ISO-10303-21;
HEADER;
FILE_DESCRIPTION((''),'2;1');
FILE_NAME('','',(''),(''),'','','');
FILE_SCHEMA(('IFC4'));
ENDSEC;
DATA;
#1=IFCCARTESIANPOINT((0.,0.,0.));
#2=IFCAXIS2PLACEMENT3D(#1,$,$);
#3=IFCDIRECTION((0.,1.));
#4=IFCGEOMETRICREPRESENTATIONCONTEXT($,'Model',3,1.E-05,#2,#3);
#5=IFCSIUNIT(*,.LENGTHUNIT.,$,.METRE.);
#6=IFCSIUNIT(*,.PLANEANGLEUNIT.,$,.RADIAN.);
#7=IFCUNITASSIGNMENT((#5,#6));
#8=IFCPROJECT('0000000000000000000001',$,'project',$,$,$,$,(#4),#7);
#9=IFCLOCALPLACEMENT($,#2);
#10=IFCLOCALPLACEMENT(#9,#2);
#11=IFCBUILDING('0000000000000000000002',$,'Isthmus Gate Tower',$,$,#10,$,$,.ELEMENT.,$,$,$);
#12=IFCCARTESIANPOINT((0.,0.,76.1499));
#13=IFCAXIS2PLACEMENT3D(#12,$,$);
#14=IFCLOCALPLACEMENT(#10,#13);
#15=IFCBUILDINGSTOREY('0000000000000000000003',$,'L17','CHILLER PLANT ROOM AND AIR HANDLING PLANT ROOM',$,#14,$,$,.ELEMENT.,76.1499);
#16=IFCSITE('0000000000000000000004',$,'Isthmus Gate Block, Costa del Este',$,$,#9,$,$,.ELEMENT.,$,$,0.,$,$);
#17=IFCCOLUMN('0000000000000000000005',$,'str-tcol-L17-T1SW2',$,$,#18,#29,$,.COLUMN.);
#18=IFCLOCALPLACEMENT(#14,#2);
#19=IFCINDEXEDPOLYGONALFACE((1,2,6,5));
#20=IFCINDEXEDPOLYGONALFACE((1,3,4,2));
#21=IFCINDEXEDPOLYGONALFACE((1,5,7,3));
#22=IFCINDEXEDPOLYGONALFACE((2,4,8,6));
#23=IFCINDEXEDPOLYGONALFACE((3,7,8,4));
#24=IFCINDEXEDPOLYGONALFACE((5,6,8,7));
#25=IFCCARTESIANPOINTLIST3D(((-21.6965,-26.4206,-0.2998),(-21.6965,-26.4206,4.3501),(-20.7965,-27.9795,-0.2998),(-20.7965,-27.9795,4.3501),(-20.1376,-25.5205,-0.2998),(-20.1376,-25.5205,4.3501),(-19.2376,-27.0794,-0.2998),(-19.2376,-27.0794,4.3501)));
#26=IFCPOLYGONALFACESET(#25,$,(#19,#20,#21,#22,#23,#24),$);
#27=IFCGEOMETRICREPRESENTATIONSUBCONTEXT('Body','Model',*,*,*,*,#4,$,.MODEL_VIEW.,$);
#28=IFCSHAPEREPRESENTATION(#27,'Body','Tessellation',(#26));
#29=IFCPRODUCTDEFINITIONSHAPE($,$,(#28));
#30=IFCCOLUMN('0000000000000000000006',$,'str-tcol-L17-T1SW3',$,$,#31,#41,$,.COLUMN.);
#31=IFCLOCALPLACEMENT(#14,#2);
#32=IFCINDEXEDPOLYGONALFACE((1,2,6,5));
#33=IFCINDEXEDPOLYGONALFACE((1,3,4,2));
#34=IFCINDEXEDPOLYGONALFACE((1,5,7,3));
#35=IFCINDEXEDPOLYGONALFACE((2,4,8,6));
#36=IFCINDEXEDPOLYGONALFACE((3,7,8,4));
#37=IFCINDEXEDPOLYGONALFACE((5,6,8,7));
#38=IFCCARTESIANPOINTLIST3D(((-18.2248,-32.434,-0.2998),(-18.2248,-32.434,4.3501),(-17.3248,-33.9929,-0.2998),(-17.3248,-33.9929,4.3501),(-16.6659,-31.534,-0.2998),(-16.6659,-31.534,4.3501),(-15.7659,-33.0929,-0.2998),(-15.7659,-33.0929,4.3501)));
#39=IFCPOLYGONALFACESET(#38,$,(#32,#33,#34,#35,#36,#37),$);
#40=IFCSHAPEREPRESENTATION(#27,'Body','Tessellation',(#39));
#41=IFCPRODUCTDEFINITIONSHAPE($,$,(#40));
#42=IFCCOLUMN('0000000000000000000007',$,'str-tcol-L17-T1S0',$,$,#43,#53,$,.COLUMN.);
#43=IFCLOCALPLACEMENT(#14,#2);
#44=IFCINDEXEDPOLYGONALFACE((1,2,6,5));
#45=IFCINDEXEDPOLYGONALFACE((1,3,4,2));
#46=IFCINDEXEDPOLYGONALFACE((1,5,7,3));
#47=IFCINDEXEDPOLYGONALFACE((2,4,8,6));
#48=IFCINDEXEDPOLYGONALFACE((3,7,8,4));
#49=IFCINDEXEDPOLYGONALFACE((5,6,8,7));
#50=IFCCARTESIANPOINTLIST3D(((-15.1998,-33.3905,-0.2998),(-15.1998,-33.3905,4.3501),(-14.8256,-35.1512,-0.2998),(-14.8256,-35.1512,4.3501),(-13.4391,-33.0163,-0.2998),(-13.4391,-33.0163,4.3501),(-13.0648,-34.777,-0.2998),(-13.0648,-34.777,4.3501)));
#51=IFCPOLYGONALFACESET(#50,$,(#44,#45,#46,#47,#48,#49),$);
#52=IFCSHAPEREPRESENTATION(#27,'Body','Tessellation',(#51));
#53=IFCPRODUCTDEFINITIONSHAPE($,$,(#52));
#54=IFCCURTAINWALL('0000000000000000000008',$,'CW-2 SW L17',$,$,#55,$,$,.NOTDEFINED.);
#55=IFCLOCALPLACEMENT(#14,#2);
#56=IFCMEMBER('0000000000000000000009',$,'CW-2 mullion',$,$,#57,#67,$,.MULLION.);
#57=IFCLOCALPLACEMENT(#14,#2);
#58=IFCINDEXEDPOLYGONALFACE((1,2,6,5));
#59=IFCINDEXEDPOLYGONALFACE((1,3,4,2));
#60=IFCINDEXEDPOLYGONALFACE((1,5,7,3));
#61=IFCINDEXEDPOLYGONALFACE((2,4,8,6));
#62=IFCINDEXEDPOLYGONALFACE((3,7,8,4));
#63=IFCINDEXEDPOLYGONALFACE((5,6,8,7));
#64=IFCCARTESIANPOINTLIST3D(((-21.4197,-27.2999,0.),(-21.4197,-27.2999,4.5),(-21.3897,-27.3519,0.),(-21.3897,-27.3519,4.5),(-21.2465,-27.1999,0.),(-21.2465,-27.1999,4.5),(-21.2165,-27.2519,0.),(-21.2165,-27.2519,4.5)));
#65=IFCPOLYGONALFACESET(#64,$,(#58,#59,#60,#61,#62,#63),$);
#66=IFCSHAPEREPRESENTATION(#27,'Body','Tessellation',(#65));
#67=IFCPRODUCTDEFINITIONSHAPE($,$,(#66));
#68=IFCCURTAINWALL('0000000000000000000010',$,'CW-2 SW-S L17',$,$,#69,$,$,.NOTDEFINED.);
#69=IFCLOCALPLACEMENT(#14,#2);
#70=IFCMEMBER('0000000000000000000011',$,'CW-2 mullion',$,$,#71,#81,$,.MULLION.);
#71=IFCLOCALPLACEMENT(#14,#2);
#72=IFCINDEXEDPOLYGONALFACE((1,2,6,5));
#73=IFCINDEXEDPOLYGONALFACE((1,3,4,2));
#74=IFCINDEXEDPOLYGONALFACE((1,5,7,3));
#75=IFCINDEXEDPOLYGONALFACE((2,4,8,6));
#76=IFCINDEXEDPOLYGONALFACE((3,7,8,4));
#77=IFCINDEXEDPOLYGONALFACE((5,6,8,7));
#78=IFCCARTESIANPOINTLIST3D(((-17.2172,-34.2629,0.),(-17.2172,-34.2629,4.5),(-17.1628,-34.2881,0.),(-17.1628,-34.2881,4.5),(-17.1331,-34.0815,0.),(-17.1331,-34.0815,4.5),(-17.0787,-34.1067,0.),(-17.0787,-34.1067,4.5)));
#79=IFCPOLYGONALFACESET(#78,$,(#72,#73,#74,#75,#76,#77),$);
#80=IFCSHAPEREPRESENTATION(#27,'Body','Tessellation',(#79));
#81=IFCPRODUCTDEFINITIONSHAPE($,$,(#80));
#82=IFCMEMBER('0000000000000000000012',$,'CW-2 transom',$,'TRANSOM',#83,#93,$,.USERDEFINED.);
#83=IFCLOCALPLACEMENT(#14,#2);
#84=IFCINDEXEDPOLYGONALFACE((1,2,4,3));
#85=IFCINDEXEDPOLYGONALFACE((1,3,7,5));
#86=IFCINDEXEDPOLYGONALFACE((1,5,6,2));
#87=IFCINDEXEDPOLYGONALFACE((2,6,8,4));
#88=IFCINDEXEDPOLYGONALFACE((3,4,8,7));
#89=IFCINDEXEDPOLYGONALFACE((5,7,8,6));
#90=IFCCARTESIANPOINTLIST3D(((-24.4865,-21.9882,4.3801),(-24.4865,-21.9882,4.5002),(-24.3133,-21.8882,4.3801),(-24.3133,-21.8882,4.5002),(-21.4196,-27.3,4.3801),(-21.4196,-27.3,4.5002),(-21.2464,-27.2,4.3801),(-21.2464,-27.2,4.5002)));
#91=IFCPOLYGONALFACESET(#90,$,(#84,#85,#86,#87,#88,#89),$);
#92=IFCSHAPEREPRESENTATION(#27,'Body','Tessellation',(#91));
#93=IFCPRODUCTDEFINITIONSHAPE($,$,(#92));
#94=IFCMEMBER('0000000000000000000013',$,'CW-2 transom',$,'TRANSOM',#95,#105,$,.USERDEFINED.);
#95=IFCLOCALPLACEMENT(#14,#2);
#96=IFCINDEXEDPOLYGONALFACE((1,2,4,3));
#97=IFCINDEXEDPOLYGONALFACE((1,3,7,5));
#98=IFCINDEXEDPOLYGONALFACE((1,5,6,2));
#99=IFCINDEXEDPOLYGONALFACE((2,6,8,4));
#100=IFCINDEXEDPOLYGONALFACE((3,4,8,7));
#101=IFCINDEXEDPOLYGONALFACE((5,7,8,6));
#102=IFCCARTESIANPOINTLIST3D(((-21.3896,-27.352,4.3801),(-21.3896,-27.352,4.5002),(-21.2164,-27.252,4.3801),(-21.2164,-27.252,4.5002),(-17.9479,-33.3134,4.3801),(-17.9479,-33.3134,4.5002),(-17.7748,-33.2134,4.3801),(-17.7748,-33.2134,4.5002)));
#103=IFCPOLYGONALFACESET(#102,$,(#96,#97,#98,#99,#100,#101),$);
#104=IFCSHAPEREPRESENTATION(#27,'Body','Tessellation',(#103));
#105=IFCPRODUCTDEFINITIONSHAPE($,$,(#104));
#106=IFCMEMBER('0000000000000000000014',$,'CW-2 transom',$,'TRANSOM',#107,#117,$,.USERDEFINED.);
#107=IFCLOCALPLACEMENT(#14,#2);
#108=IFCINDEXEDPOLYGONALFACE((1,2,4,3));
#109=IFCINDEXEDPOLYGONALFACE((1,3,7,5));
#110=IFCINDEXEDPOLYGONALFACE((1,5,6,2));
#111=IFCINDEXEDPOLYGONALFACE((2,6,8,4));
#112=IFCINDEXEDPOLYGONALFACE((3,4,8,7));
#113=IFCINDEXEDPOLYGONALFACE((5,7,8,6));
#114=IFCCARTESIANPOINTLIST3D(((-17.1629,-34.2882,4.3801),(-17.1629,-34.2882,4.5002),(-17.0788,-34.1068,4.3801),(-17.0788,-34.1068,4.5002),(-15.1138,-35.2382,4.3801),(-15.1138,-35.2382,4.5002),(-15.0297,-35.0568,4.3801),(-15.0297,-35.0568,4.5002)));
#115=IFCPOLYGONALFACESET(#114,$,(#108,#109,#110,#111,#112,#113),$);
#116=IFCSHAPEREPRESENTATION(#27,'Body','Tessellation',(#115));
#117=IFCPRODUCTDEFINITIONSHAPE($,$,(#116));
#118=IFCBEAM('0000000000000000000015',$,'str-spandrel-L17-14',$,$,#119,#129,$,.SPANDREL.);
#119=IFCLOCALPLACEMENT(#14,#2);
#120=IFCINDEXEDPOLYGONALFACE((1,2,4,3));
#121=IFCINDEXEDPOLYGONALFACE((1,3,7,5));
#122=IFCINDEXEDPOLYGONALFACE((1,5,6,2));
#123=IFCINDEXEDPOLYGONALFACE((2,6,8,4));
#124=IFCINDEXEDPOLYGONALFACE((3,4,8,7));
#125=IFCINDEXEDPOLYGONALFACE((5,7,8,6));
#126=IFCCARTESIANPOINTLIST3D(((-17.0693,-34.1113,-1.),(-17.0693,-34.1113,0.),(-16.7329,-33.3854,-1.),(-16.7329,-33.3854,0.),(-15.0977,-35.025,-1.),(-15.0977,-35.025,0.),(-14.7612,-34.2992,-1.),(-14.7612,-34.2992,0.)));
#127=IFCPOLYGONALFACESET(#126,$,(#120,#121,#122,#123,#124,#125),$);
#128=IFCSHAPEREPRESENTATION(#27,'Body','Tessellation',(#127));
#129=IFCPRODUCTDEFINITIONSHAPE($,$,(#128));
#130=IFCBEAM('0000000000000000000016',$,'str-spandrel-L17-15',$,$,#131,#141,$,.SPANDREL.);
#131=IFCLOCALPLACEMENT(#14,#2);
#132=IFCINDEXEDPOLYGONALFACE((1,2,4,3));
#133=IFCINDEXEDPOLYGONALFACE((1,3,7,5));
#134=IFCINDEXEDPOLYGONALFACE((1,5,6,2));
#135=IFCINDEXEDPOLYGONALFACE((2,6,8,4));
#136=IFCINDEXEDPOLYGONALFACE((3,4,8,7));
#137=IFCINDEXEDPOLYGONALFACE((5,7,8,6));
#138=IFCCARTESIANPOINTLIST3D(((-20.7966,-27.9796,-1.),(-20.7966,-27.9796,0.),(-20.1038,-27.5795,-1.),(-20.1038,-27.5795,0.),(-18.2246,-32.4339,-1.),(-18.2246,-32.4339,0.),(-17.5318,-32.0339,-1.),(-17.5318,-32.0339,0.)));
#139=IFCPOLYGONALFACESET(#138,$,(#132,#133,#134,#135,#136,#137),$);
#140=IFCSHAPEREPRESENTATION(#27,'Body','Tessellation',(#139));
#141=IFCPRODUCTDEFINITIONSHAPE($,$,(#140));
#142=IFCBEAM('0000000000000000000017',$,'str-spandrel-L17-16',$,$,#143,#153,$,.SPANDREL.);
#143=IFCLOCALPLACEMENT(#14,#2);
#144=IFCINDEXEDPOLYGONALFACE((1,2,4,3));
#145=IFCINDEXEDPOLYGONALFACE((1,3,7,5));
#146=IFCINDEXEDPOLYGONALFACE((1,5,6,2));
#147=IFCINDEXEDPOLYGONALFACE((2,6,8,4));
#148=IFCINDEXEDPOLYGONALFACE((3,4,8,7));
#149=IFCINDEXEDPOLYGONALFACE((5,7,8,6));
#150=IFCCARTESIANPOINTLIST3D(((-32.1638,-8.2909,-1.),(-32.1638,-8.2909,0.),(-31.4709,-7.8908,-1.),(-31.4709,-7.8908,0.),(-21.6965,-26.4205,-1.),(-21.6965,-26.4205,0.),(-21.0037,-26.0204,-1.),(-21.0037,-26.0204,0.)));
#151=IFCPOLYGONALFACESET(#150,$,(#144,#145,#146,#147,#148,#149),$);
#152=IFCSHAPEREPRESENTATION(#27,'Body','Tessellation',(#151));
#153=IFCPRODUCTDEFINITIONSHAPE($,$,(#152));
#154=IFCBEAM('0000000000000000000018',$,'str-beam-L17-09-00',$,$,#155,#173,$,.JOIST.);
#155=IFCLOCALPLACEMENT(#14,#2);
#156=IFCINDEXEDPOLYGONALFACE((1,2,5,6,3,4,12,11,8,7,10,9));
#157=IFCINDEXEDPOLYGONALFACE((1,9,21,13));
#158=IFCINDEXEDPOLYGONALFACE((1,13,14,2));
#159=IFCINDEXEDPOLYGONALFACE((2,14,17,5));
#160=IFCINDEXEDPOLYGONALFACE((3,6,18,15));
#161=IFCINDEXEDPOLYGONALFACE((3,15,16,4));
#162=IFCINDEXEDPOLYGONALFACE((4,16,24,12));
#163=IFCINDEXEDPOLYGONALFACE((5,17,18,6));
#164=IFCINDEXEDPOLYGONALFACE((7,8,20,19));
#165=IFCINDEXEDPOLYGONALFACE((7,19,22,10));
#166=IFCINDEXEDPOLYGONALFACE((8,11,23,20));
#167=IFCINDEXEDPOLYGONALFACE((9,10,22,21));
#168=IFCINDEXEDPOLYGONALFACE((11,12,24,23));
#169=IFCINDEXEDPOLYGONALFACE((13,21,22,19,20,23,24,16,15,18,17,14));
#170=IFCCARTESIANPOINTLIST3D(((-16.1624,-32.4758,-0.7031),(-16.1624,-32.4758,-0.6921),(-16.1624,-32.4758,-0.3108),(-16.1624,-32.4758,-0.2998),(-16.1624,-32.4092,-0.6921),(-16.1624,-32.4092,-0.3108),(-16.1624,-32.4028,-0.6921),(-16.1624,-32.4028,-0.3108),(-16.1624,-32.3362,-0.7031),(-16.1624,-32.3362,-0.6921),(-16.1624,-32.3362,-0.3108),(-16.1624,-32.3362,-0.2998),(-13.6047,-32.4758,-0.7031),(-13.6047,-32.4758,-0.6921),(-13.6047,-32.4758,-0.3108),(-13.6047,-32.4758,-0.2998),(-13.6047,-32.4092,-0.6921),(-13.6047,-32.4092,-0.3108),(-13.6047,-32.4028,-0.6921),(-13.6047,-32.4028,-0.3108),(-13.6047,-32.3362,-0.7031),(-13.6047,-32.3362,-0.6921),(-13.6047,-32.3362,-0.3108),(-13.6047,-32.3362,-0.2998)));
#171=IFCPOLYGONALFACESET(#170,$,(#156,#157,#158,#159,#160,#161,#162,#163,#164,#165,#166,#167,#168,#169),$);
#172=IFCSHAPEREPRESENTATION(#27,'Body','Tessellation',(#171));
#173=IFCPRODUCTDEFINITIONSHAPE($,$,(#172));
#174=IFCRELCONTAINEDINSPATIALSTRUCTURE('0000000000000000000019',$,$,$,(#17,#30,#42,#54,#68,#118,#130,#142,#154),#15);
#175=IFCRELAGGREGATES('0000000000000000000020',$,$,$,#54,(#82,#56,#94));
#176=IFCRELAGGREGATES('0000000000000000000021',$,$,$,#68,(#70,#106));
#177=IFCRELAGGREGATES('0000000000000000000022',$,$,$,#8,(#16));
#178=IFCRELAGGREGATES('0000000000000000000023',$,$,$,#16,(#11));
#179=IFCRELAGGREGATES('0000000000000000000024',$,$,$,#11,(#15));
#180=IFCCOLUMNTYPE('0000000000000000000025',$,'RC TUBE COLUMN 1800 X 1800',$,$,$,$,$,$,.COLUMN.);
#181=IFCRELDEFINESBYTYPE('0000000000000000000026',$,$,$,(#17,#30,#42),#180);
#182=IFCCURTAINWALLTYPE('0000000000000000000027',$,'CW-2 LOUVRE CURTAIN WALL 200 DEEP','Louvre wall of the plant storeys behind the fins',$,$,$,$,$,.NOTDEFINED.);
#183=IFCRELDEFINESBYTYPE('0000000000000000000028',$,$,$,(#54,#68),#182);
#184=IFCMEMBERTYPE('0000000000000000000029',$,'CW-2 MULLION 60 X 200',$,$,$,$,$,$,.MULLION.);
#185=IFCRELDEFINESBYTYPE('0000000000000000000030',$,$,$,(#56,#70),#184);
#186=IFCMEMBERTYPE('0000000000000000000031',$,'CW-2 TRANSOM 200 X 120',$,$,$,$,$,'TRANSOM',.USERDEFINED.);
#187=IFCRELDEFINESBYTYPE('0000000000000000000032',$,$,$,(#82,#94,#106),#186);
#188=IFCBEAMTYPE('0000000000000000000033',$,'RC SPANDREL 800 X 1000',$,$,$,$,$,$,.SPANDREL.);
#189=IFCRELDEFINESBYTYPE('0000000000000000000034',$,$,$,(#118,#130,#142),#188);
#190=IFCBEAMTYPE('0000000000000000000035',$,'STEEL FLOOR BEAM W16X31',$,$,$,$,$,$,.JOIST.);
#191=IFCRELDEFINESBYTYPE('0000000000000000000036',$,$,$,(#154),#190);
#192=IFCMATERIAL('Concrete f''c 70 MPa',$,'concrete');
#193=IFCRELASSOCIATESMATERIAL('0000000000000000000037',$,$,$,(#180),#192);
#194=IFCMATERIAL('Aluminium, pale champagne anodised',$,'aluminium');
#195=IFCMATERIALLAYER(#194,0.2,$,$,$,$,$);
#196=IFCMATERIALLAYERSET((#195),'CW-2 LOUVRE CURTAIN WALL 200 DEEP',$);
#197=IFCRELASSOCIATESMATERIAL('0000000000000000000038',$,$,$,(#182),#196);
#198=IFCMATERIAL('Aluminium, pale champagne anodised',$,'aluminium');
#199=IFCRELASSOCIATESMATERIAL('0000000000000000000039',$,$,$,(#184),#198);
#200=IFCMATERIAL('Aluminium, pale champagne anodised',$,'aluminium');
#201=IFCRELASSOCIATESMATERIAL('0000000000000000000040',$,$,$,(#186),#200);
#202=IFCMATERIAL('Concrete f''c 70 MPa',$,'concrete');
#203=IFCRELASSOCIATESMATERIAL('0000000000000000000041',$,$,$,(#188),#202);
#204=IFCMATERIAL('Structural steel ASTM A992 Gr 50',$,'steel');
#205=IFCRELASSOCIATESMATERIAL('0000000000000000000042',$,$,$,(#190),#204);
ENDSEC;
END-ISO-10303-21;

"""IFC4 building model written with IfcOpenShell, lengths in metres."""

from ifc_helpers import new_model, si_unit, direction, frame, origin, origin_2d, place, context, subcontext, project, spatial, rectangle, i_section, extrude, material, layer, layer_set, material_profile, profile_set, type_object, element, aggregate, save


model = new_model("IFC4")

# Units and contexts
model_context = context("Model", 3, precision=1e-05, world=origin(), true_north=direction((0.0, 1.0)))
body_context = subcontext(model_context, "Body", "Model", "MODEL_VIEW")
ifc_project = project(units=[si_unit("LENGTHUNIT", "METRE"), si_unit("PLANEANGLEUNIT", "RADIAN")], contexts=[model_context])

# Site, building, storey
site_placement = place(None, origin())
site = spatial("IfcSite", under=ifc_project, at=site_placement, Name="Isthmus Gate Block, Costa del Este", CompositionType="ELEMENT", RefElevation=0.0)
building_placement = place(site_placement, origin())
building = spatial("IfcBuilding", under=site, at=building_placement, Name="Isthmus Gate Tower", CompositionType="ELEMENT")
storey_placement = place(building_placement, frame((0.0, 0.0, 76.1499)))
storey = spatial("IfcBuildingStorey", under=building, at=storey_placement, Name="L17", Description="CHILLER PLANT ROOM AND AIR HANDLING PLANT ROOM", CompositionType="ELEMENT", Elevation=76.1499)

# Columns
ifc_material_1 = material(Name="Concrete f'c 70 MPa", Category="concrete")
ifc_material_profile_1 = material_profile(ifc_material_1, rectangle(XDim=1.8, YDim=1.8, at=origin_2d()), Name="RC 1800X1800")
ifc_profile_set_1 = profile_set([ifc_material_profile_1], Name="Concrete f'c 70 MPa")
column_type = type_object("IfcColumnType", Name="RC TUBE COLUMN 1800 X 1800", PredefinedType="COLUMN", material=ifc_profile_set_1)
for number, where, z_axis, x_axis, name in (
    (1, (-20.467, -26.75, -0.2998), (0.0, 0.0, 1.0), (0.5, -0.866025, 0.0), "str-tcol-L17-T1SW2"),
    (2, (-16.9954, -32.7634, -0.2998), (0.0, 0.0, 1.0), (0.5, -0.866025, 0.0), "str-tcol-L17-T1SW3"),
    (3, (-14.1323, -34.0837, -0.2998), (0.0, 0.0, 1.0), (0.978148, 0.207912, 0.0), "str-tcol-L17-T1S0"),
):
    element("IfcColumn", number, at=place(storey_placement, frame(where, z_axis=z_axis, x_axis=x_axis)), inside=storey, type_object=column_type, Name=name, PredefinedType="COLUMN", context=body_context, shape_type="SweptSolid", body=[
        extrude(rectangle(XDim=1.8, YDim=1.8, at=origin_2d()), origin(), (0.0, 0.0, 1.0), 4.6499),
    ])

# Curtain walls, members
ifc_material_2 = material(Name="Aluminium, pale champagne anodised", Category="aluminium")
ifc_layer_1 = layer(ifc_material_2, 0.2)
ifc_layer_set_1 = layer_set([ifc_layer_1], Name="CW-2 LOUVRE CURTAIN WALL 200 DEEP")
curtain_wall_type = type_object("IfcCurtainWallType", Name="CW-2 LOUVRE CURTAIN WALL 200 DEEP", Description="Louvre wall of the plant storeys behind the fins", PredefinedType="NOTDEFINED", material=ifc_layer_set_1)
curtain_wall_1_placement = place(storey_placement, origin())
curtain_wall_1 = element("IfcCurtainWall", 4, at=curtain_wall_1_placement, inside=storey, type_object=curtain_wall_type, Name="CW-2 SW L17", PredefinedType="NOTDEFINED")
ifc_material_3 = material(Name="Aluminium, pale champagne anodised", Category="aluminium")
ifc_material_profile_2 = material_profile(ifc_material_3, rectangle(XDim=0.0601, YDim=0.2, at=origin_2d()), Name="60x200")
ifc_profile_set_2 = profile_set([ifc_material_profile_2], Name="Aluminium, pale champagne anodised")
member_type_1 = type_object("IfcMemberType", Name="CW-2 MULLION 60 X 200", PredefinedType="MULLION", material=ifc_profile_set_2)
member_1_placement = place(storey_placement, frame((-21.3181, -27.2759, 0.0), z_axis=(0.0, 0.0, 1.0), x_axis=(0.5, -0.866025, 0.0)))
member_1 = element("IfcMember", 5, at=member_1_placement, type_object=member_type_1, Name="CW-2 mullion", PredefinedType="MULLION", context=body_context, shape_type="SweptSolid", body=[
    extrude(rectangle(XDim=0.0601, YDim=0.2, at=origin_2d()), origin(), (0.0, 0.0, 1.0), 4.5),
])
curtain_wall_2_placement = place(storey_placement, origin())
curtain_wall_2 = element("IfcCurtainWall", 6, at=curtain_wall_2_placement, inside=storey, type_object=curtain_wall_type, Name="CW-2 SW-S L17", PredefinedType="NOTDEFINED")
member_2_placement = place(storey_placement, frame((-17.1479, -34.1848, 0.0), z_axis=(0.0, 0.0, 1.0), x_axis=(0.907256, -0.420578, 0.0)))
member_2 = element("IfcMember", 7, at=member_2_placement, type_object=member_type_1, Name="CW-2 mullion", PredefinedType="MULLION", context=body_context, shape_type="SweptSolid", body=[
    extrude(rectangle(XDim=0.0601, YDim=0.2, at=origin_2d()), origin(), (0.0, 0.0, 1.0), 4.5),
])

# Members
ifc_material_4 = material(Name="Aluminium, pale champagne anodised", Category="aluminium")
ifc_material_profile_3 = material_profile(ifc_material_4, rectangle(XDim=0.2, YDim=0.1201, at=origin_2d()), Name="200x120")
ifc_profile_set_3 = profile_set([ifc_material_profile_3], Name="Aluminium, pale champagne anodised")
member_type_2 = type_object("IfcMemberType", Name="CW-2 TRANSOM 200 X 120", ElementType="TRANSOM", PredefinedType="USERDEFINED", material=ifc_profile_set_3)
member_3_placement = place(storey_placement, frame((-24.3999, -21.9382, 4.4402), z_axis=(0.500018, -0.866015, 0.0), x_axis=(0.866015, 0.500018, 0.0)))
member_3 = element("IfcMember", 8, at=member_3_placement, type_object=member_type_2, Name="CW-2 transom", ObjectType="TRANSOM", PredefinedType="USERDEFINED", context=body_context, shape_type="SweptSolid", body=[
    extrude(rectangle(XDim=0.2, YDim=0.1201, at=origin_2d()), origin(), (0.0, 0.0, 1.0), 6.1335),
])
member_4_placement = place(storey_placement, frame((-21.303, -27.302, 4.4402), z_axis=(0.49998, -0.866037, 0.0), x_axis=(0.866037, 0.49998, 0.0)))
member_4 = element("IfcMember", 9, at=member_4_placement, type_object=member_type_2, Name="CW-2 transom", ObjectType="TRANSOM", PredefinedType="USERDEFINED", context=body_context, shape_type="SweptSolid", body=[
    extrude(rectangle(XDim=0.2, YDim=0.1201, at=origin_2d()), origin(), (0.0, 0.0, 1.0), 6.8835),
])
member_5_placement = place(storey_placement, frame((-17.1208, -34.1975, 4.4402), z_axis=(0.907246, -0.4206, 0.0), x_axis=(0.4206, 0.907246, 0.0)))
member_5 = element("IfcMember", 10, at=member_5_placement, type_object=member_type_2, Name="CW-2 transom", ObjectType="TRANSOM", PredefinedType="USERDEFINED", context=body_context, shape_type="SweptSolid", body=[
    extrude(rectangle(XDim=0.2, YDim=0.1201, at=origin_2d()), origin(), (0.0, 0.0, 1.0), 2.2585),
])

# Beams
ifc_material_5 = material(Name="Concrete f'c 70 MPa", Category="concrete")
ifc_material_profile_4 = material_profile(ifc_material_5, rectangle(XDim=0.8, YDim=1.0, at=origin_2d()), Name="RC 800X1000")
ifc_profile_set_4 = profile_set([ifc_material_profile_4], Name="Concrete f'c 70 MPa")
beam_type_1 = type_object("IfcBeamType", Name="RC SPANDREL 800 X 1000", PredefinedType="SPANDREL", material=ifc_profile_set_4)
beam_1_placement = place(storey_placement, frame((-14.9294, -34.6621, -0.5), z_axis=(-0.907291, 0.420504, 0.0), x_axis=(-0.420504, -0.907291, 0.0)))
element("IfcBeam", 11, at=beam_1_placement, inside=storey, type_object=beam_type_1, Name="str-spandrel-L17-14", PredefinedType="SPANDREL", context=body_context, shape_type="SweptSolid", body=[
    extrude(rectangle(XDim=0.8, YDim=1.0, at=origin_2d()), origin(), (0.0, 0.0, 1.0), 2.1731),
])
beam_2_placement = place(storey_placement, frame((-17.8782, -32.2339, -0.5), z_axis=(-0.500044, 0.866, 0.0), x_axis=(-0.866, -0.500044, 0.0)))
element("IfcBeam", 12, at=beam_2_placement, inside=storey, type_object=beam_type_1, Name="str-spandrel-L17-15", PredefinedType="SPANDREL", context=body_context, shape_type="SweptSolid", body=[
    extrude(rectangle(XDim=0.8, YDim=1.0, at=origin_2d()), origin(), (0.0, 0.0, 1.0), 5.1436),
])
beam_3_placement = place(storey_placement, frame((-21.3501, -26.2205, -0.5), z_axis=(-0.500005, 0.866023, 0.0), x_axis=(-0.866023, -0.500005, 0.0)))
element("IfcBeam", 13, at=beam_3_placement, inside=storey, type_object=beam_type_1, Name="str-spandrel-L17-16", PredefinedType="SPANDREL", context=body_context, shape_type="SweptSolid", body=[
    extrude(rectangle(XDim=0.8, YDim=1.0, at=origin_2d()), origin(), (0.0, 0.0, 1.0), 20.9343),
])
ifc_material_6 = material(Name="Structural steel ASTM A992 Gr 50", Category="steel")
ifc_material_profile_5 = material_profile(ifc_material_6, i_section(OverallWidth=0.1396, OverallDepth=0.4033, WebThickness=0.0063, FlangeThickness=0.011, at=origin_2d()), Name="W16X31")
ifc_profile_set_5 = profile_set([ifc_material_profile_5], Name="Structural steel ASTM A992 Gr 50")
beam_type_2 = type_object("IfcBeamType", Name="STEEL FLOOR BEAM W16X31", PredefinedType="JOIST", material=ifc_profile_set_5)
beam_4_placement = place(storey_placement, frame((-16.1624, -32.406, -0.5015), z_axis=(1.0, 0.0, 0.0), x_axis=(0.0, 1.0, 0.0)))
element("IfcBeam", 14, at=beam_4_placement, inside=storey, type_object=beam_type_2, Name="str-beam-L17-09-00", PredefinedType="JOIST", context=body_context, shape_type="SweptSolid", body=[
    extrude(i_section(OverallWidth=0.1396, OverallDepth=0.4033, WebThickness=0.0063, FlangeThickness=0.011, at=origin_2d()), origin(), (0.0, 0.0, 1.0), 2.5576),
])

aggregate(curtain_wall_1, [member_3, member_1, member_4])
aggregate(curtain_wall_2, [member_2, member_5])

save(model, "model.ifc")
